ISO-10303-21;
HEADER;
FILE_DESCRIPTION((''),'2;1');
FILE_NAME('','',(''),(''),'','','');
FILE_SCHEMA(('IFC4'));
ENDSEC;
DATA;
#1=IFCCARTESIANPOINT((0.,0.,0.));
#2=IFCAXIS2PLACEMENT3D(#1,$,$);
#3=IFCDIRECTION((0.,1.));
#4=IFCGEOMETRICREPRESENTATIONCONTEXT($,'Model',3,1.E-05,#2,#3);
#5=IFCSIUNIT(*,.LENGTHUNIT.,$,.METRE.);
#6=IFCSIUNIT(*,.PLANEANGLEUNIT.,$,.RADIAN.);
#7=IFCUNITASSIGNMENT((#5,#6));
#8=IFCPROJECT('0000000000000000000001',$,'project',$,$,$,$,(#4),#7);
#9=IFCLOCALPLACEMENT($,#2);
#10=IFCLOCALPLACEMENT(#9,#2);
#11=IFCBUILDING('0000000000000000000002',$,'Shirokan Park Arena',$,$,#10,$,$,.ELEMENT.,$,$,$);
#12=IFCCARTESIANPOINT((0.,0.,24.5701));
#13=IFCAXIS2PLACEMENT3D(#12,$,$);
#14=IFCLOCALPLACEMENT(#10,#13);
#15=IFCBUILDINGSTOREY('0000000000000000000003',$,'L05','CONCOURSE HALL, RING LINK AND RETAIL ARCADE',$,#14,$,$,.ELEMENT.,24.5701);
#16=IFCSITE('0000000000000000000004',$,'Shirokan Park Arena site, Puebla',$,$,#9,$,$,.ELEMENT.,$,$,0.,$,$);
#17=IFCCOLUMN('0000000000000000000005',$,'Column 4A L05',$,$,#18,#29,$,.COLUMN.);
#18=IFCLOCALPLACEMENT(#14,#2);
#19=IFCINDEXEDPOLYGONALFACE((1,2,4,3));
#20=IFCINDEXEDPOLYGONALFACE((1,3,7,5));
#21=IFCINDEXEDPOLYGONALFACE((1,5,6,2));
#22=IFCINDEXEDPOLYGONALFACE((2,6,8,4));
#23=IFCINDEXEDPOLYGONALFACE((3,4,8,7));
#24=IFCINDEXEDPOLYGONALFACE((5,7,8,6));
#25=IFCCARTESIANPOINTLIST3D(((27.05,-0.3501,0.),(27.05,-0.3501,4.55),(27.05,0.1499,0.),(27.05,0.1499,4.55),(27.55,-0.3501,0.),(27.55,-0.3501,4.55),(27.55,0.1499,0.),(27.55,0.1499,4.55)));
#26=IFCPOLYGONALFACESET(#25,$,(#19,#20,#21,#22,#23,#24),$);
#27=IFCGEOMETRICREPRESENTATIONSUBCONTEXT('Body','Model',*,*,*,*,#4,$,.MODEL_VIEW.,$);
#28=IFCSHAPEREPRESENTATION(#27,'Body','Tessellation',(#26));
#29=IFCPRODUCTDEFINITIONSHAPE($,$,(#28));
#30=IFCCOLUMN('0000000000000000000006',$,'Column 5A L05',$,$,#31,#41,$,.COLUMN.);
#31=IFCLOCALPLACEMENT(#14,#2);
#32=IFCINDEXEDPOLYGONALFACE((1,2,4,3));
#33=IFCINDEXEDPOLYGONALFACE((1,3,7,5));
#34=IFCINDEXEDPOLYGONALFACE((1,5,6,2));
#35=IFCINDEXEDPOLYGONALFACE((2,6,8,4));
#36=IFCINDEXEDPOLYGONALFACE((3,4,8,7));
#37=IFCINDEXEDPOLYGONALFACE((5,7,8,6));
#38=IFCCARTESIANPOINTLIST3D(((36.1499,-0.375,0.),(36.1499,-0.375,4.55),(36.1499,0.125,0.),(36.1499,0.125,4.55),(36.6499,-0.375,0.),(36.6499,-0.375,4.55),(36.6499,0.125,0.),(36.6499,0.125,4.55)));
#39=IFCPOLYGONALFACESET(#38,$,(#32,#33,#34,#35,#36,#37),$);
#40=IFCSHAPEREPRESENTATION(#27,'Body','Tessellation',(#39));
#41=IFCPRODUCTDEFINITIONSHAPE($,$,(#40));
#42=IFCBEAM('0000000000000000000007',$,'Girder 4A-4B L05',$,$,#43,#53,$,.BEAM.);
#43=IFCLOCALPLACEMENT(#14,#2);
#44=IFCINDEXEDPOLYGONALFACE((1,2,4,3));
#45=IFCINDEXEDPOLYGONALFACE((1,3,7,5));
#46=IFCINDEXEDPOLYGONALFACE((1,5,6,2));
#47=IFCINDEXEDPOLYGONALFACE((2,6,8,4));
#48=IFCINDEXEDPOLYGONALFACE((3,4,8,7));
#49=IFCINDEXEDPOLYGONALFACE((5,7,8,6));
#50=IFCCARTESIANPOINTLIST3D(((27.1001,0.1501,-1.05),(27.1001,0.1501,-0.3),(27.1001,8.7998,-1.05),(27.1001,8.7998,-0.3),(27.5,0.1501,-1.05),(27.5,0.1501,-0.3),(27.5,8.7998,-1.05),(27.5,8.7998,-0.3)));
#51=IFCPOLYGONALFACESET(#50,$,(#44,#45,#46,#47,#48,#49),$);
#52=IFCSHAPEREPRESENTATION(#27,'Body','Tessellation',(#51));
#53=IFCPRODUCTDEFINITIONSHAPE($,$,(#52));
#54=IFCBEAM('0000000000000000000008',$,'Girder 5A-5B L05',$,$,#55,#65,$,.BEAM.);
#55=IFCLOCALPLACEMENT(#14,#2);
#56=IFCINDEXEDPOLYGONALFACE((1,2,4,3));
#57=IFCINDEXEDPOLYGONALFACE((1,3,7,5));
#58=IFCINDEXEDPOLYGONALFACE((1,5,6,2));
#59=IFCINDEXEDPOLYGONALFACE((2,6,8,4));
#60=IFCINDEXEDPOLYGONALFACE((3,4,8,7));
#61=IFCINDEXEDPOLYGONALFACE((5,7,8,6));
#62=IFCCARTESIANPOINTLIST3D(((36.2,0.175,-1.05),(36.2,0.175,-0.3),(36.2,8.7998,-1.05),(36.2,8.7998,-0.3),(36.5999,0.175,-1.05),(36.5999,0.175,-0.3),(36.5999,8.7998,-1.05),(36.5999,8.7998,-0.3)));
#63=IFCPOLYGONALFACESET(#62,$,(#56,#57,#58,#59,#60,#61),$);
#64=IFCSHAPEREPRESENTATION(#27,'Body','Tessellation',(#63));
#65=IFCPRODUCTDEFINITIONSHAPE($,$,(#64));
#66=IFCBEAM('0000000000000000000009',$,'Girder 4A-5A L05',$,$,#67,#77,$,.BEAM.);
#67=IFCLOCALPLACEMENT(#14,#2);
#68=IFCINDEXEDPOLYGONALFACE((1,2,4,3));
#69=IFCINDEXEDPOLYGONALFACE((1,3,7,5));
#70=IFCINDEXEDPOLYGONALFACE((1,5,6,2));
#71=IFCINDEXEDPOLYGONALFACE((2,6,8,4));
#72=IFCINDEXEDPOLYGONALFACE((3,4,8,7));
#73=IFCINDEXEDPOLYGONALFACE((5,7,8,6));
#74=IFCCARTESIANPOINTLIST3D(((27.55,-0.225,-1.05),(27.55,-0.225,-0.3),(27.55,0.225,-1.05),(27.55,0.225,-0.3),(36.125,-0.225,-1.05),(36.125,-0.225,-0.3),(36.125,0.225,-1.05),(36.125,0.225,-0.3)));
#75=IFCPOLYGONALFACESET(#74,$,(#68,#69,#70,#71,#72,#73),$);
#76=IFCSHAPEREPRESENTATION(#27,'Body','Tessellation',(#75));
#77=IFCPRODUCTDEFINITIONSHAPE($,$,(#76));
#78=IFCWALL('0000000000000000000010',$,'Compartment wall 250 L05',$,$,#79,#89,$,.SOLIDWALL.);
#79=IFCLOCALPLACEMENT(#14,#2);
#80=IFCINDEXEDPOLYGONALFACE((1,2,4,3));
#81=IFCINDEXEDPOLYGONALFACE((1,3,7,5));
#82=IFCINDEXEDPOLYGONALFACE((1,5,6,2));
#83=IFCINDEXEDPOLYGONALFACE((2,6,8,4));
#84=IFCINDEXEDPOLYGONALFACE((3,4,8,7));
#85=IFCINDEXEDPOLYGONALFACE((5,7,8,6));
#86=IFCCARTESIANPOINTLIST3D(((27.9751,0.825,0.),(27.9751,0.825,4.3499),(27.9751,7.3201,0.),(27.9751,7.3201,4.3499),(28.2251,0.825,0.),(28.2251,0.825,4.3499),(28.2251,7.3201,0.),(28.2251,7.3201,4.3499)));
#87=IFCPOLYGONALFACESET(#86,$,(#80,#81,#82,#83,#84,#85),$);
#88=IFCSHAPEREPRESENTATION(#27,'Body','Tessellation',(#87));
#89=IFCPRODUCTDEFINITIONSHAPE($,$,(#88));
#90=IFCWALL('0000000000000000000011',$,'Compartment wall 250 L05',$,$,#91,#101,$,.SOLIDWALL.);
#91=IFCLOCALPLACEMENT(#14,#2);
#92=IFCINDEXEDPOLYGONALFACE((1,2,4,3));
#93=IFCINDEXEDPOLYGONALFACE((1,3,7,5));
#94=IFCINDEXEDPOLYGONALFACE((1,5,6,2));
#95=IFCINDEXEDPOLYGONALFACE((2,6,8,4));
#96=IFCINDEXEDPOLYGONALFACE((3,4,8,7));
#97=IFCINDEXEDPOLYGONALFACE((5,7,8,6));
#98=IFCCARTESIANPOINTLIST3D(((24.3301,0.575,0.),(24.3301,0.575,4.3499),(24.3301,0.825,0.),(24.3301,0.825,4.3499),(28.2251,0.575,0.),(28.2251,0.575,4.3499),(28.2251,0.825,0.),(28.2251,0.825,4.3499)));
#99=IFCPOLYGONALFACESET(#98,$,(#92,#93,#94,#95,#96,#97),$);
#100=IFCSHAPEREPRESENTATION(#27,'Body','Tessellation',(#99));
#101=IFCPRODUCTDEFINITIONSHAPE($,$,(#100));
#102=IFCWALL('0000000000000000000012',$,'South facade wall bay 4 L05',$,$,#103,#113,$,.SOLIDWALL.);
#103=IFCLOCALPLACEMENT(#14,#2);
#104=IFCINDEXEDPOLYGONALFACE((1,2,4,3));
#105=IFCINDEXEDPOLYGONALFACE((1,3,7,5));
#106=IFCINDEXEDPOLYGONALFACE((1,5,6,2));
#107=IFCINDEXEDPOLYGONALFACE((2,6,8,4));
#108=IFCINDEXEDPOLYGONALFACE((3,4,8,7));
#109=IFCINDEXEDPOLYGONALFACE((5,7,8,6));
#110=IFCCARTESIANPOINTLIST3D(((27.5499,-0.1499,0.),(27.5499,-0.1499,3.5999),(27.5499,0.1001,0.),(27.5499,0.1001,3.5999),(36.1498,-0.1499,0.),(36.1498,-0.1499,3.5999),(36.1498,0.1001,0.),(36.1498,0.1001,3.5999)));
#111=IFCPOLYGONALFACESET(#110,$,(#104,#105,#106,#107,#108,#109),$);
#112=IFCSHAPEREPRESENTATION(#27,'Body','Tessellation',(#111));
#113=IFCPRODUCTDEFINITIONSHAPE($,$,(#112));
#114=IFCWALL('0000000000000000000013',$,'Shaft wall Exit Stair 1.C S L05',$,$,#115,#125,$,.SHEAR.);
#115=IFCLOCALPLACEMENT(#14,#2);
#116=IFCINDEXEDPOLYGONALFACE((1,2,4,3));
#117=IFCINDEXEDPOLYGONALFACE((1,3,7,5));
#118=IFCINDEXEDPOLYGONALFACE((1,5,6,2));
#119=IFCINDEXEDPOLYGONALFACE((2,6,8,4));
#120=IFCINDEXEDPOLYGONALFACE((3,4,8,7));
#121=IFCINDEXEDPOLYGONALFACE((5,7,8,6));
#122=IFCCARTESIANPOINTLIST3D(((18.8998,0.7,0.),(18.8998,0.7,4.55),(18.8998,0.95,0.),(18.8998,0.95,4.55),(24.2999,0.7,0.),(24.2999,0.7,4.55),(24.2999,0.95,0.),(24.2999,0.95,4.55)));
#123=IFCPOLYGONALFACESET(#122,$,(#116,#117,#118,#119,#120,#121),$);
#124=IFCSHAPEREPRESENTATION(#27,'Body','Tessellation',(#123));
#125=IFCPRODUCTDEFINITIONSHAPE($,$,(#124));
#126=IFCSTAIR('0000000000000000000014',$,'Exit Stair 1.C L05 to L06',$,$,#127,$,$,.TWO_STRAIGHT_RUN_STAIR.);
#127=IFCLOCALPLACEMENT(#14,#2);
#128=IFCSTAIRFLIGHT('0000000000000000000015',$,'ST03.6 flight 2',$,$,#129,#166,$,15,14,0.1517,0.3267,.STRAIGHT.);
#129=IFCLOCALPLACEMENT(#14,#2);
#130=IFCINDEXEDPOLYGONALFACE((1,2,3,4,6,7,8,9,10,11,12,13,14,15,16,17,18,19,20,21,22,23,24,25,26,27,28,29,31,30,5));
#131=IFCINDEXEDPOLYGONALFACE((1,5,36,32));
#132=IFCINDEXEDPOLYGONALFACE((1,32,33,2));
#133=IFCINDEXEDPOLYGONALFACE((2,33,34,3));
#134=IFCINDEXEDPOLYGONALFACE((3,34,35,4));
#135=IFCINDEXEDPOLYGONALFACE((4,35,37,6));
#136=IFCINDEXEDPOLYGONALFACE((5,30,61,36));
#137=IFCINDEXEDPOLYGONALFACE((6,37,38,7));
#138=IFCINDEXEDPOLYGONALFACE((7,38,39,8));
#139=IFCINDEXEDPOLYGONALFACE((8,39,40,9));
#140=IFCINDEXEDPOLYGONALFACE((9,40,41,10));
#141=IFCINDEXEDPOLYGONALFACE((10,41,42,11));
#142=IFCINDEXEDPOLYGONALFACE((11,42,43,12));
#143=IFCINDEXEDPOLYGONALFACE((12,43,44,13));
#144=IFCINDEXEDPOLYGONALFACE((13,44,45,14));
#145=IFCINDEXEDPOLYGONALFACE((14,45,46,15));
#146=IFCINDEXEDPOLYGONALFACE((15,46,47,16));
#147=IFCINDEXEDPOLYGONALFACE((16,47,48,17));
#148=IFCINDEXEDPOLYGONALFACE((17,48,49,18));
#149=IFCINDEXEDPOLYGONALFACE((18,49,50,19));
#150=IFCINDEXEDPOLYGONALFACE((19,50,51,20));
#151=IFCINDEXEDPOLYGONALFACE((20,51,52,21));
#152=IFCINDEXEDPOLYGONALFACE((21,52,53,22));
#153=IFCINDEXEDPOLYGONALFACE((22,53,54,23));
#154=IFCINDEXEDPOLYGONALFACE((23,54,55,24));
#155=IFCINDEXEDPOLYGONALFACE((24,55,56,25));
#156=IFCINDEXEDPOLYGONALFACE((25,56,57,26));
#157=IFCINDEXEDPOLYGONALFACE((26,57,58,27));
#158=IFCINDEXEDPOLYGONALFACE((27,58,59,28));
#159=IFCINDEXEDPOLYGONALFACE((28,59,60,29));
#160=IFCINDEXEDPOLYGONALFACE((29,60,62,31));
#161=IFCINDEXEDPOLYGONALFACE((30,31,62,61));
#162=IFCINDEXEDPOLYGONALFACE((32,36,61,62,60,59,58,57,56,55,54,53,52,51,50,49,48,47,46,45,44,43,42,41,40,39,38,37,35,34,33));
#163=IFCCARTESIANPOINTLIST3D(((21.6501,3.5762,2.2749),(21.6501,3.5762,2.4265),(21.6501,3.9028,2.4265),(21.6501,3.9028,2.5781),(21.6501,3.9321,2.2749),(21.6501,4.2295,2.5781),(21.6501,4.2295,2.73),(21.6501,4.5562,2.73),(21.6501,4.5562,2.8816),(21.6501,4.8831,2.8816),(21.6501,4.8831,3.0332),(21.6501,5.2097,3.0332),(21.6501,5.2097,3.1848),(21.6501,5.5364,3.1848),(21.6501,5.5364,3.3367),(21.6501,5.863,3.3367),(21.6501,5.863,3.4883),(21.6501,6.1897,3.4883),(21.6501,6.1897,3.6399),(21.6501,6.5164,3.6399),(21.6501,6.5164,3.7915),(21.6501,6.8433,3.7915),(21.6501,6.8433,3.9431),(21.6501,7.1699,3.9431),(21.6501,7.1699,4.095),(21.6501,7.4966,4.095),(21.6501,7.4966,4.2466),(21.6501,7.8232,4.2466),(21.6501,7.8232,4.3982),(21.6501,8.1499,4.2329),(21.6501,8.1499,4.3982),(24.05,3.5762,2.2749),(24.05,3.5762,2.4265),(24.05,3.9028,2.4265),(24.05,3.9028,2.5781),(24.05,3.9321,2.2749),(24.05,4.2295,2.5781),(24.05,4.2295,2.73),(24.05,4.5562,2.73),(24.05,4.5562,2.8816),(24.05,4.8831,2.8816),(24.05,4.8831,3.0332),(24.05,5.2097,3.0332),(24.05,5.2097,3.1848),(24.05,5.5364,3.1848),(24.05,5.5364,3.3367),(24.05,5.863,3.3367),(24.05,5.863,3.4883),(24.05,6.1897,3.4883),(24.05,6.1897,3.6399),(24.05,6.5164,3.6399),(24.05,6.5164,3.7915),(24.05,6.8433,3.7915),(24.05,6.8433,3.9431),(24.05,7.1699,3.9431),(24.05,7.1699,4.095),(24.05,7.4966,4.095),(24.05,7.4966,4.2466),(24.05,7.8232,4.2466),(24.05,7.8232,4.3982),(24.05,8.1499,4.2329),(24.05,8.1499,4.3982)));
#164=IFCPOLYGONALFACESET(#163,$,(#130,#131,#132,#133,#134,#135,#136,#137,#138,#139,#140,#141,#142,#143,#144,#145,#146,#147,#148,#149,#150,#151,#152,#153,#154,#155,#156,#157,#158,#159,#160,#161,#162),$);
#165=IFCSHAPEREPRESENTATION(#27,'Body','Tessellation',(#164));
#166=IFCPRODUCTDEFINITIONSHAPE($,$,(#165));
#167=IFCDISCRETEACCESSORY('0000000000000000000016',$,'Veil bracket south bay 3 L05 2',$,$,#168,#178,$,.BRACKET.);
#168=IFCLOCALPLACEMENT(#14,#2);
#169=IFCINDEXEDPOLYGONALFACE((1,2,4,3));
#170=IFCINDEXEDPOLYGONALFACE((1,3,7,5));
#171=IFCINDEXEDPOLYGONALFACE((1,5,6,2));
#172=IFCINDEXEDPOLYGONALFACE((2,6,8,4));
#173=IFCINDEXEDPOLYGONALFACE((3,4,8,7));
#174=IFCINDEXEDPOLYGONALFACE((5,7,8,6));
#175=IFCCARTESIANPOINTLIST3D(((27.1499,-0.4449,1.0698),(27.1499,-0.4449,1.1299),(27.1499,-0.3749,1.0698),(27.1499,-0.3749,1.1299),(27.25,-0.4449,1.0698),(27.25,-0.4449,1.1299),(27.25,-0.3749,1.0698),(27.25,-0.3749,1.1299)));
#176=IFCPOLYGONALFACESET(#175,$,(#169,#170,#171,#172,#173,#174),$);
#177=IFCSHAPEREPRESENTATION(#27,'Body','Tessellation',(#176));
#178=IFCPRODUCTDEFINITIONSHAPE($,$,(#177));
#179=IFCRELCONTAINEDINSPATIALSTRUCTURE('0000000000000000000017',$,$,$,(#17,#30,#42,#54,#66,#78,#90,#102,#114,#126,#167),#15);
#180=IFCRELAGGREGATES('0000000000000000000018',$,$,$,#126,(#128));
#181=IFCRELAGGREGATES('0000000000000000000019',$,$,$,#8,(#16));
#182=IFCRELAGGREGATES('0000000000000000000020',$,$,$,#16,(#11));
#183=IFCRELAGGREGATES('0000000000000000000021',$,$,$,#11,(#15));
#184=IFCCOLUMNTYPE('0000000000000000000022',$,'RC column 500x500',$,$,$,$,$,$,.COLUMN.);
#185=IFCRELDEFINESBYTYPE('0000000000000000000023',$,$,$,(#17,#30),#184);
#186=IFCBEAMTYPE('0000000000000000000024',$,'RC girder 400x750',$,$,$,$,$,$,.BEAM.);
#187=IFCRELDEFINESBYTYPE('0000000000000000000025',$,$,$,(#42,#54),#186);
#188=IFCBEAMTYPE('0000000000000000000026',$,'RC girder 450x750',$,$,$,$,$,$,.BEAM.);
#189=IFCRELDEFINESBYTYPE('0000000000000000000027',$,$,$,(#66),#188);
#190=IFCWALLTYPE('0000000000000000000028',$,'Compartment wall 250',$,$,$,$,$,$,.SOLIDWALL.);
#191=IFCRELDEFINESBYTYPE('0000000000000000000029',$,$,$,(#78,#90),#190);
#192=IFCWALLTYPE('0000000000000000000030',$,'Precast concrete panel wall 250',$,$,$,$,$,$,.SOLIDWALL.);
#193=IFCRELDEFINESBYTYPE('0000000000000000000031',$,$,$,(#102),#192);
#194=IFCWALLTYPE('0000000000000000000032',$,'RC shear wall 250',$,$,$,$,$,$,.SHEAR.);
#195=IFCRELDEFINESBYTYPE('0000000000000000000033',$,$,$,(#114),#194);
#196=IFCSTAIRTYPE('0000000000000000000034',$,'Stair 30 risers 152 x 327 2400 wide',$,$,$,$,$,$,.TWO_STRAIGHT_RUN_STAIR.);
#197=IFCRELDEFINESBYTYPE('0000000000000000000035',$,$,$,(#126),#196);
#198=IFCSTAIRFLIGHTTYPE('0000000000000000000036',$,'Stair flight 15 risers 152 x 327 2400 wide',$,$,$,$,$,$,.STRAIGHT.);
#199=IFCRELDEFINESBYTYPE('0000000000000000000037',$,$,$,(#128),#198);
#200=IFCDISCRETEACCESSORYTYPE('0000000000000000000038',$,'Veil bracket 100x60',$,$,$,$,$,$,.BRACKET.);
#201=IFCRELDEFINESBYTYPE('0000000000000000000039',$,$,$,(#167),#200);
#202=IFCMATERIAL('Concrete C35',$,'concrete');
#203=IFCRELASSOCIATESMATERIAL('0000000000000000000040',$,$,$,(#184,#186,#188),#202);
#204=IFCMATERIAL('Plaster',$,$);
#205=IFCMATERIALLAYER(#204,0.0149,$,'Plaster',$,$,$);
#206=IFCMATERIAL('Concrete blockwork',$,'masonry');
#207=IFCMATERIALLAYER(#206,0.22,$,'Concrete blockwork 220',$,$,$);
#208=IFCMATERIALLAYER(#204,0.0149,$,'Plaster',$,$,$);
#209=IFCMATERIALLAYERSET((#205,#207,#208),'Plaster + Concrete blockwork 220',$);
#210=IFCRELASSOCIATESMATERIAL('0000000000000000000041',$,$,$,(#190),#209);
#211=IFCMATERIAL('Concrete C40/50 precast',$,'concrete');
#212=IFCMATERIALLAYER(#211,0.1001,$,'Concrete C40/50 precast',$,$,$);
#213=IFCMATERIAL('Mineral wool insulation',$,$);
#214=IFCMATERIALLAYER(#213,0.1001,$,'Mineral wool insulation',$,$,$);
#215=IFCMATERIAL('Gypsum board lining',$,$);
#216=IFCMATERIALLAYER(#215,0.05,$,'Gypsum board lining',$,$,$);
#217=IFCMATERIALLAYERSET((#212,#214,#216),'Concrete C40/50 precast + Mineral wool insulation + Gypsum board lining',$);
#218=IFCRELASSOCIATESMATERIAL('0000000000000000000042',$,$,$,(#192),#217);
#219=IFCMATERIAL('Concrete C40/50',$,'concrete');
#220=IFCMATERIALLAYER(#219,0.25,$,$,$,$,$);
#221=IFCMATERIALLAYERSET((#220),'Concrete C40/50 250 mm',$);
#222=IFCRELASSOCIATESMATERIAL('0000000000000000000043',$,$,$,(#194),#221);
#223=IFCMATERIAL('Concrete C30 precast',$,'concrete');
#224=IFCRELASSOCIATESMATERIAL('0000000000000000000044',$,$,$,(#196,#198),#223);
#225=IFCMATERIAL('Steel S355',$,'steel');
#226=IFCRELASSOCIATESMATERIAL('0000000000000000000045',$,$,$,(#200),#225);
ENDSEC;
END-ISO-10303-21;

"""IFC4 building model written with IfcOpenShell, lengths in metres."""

from ifc_helpers import new_model, si_unit, direction, frame, frame_2d, origin, origin_2d, place, context, subcontext, project, spatial, polyline, rectangle, outline, extrude, material, layer, layer_set, material_profile, profile_set, type_object, element, aggregate, save


model = new_model("IFC4")

# Units and contexts
model_context = context("Model", 3, precision=1e-05, world=origin(), true_north=direction((0.0, 1.0)))
body_context = subcontext(model_context, "Body", "Model", "MODEL_VIEW")
ifc_project = project(units=[si_unit("LENGTHUNIT", "METRE"), si_unit("PLANEANGLEUNIT", "RADIAN")], contexts=[model_context])

# Site, building, storey
site_placement = place(None, origin())
site = spatial("IfcSite", under=ifc_project, at=site_placement, Name="Shirokan Park Arena site, Puebla", CompositionType="ELEMENT", RefElevation=0.0)
building_placement = place(site_placement, origin())
building = spatial("IfcBuilding", under=site, at=building_placement, Name="Shirokan Park Arena", CompositionType="ELEMENT")
storey_placement = place(building_placement, frame((0.0, 0.0, 24.5701)))
storey = spatial("IfcBuildingStorey", under=building, at=storey_placement, Name="L05", Description="CONCOURSE HALL, RING LINK AND RETAIL ARCADE", CompositionType="ELEMENT", Elevation=24.5701)

# Columns
ifc_material_1 = material(Name="Concrete C35", Category="concrete")
ifc_material_profile_1 = material_profile(ifc_material_1, rectangle(XDim=0.5, YDim=0.5, at=origin_2d()), Name="500x500")
ifc_profile_set_1 = profile_set([ifc_material_profile_1], Name="Concrete C35")
column_type = type_object("IfcColumnType", Name="RC column 500x500", PredefinedType="COLUMN", material=ifc_profile_set_1)
for number, where, z_axis, x_axis, name in (
    (1, (27.3, -0.1001, 0.0), (0.0, 0.0, 1.0), (1.0, 0.0, 0.0), "Column 4A L05"),
    (2, (36.3999, -0.125, 0.0), (0.0, 0.0, 1.0), (1.0, 0.0, 0.0), "Column 5A L05"),
):
    element("IfcColumn", number, at=place(storey_placement, frame(where, z_axis=z_axis, x_axis=x_axis)), inside=storey, type_object=column_type, Name=name, PredefinedType="COLUMN", context=body_context, shape_type="SweptSolid", body=[
        extrude(rectangle(XDim=0.5, YDim=0.5, at=origin_2d()), origin(), (0.0, 0.0, 1.0), 4.55),
    ])

# Beams
ifc_material_profile_2 = material_profile(ifc_material_1, rectangle(XDim=0.3999, YDim=0.75, at=origin_2d()), Name="400x750")
ifc_profile_set_2 = profile_set([ifc_material_profile_2], Name="Concrete C35")
beam_type_1 = type_object("IfcBeamType", Name="RC girder 400x750", PredefinedType="BEAM", material=ifc_profile_set_2)
beam_1_placement = place(storey_placement, frame((27.3, 0.1501, -0.675), z_axis=(0.0, 1.0, 0.0), x_axis=(-1.0, 0.0, 0.0)))
element("IfcBeam", 3, at=beam_1_placement, inside=storey, type_object=beam_type_1, Name="Girder 4A-4B L05", PredefinedType="BEAM", context=body_context, shape_type="SweptSolid", body=[
    extrude(rectangle(XDim=0.3999, YDim=0.75, at=origin_2d()), origin(), (0.0, 0.0, 1.0), 8.6497),
])
beam_2_placement = place(storey_placement, frame((36.3999, 0.175, -0.675), z_axis=(0.0, 1.0, 0.0), x_axis=(-1.0, 0.0, 0.0)))
element("IfcBeam", 4, at=beam_2_placement, inside=storey, type_object=beam_type_1, Name="Girder 5A-5B L05", PredefinedType="BEAM", context=body_context, shape_type="SweptSolid", body=[
    extrude(rectangle(XDim=0.3999, YDim=0.75, at=origin_2d()), origin(), (0.0, 0.0, 1.0), 8.6248),
])
ifc_material_profile_3 = material_profile(ifc_material_1, rectangle(XDim=0.45, YDim=0.75, at=origin_2d()), Name="450x750")
ifc_profile_set_3 = profile_set([ifc_material_profile_3], Name="Concrete C35")
beam_type_2 = type_object("IfcBeamType", Name="RC girder 450x750", PredefinedType="BEAM", material=ifc_profile_set_3)
beam_3_placement = place(storey_placement, frame((27.55, 0.0, -0.675), z_axis=(1.0, 0.0, 0.0), x_axis=(0.0, 1.0, 0.0)))
element("IfcBeam", 5, at=beam_3_placement, inside=storey, type_object=beam_type_2, Name="Girder 4A-5A L05", PredefinedType="BEAM", context=body_context, shape_type="SweptSolid", body=[
    extrude(rectangle(XDim=0.45, YDim=0.75, at=origin_2d()), origin(), (0.0, 0.0, 1.0), 8.575),
])

# Walls
ifc_material_2 = material(Name="Plaster")
ifc_layer_1 = layer(ifc_material_2, 0.0149, Name="Plaster")
ifc_material_3 = material(Name="Concrete blockwork", Category="masonry")
ifc_layer_2 = layer(ifc_material_3, 0.22, Name="Concrete blockwork 220")
ifc_layer_3 = layer(ifc_material_2, 0.0149, Name="Plaster")
ifc_layer_set_1 = layer_set([ifc_layer_1, ifc_layer_2, ifc_layer_3], Name="Plaster + Concrete blockwork 220")
wall_type_1 = type_object("IfcWallType", Name="Compartment wall 250", PredefinedType="SOLIDWALL", material=ifc_layer_set_1)
wall_1_placement = place(storey_placement, frame((28.1001, 7.3201, 0.0), z_axis=(0.0, 0.0, 1.0), x_axis=(0.0, -1.0, 0.0)))
element("IfcWall", 6, at=wall_1_placement, inside=storey, type_object=wall_type_1, Name="Compartment wall 250 L05", PredefinedType="SOLIDWALL", context=body_context, shape_type="SweptSolid", body=[
    extrude(rectangle(XDim=6.4951, YDim=0.25, at=frame_2d((3.2476, 0.0))), origin(), (0.0, 0.0, 1.0), 4.3499),
])
wall_2_placement = place(storey_placement, frame((28.2251, 0.7, 0.0), z_axis=(0.0, 0.0, 1.0), x_axis=(-1.0, 0.0, 0.0)))
element("IfcWall", 7, at=wall_2_placement, inside=storey, type_object=wall_type_1, Name="Compartment wall 250 L05", PredefinedType="SOLIDWALL", context=body_context, shape_type="SweptSolid", body=[
    extrude(rectangle(XDim=3.895, YDim=0.25, at=frame_2d((1.9475, 0.0))), origin(), (0.0, 0.0, 1.0), 4.3499),
])
ifc_material_4 = material(Name="Concrete C40/50 precast", Category="concrete")
ifc_layer_4 = layer(ifc_material_4, 0.1001, Name="Concrete C40/50 precast")
ifc_material_5 = material(Name="Mineral wool insulation")
ifc_layer_5 = layer(ifc_material_5, 0.1001, Name="Mineral wool insulation")
ifc_material_6 = material(Name="Gypsum board lining")
ifc_layer_6 = layer(ifc_material_6, 0.05, Name="Gypsum board lining")
ifc_layer_set_2 = layer_set([ifc_layer_4, ifc_layer_5, ifc_layer_6], Name="Concrete C40/50 precast + Mineral wool insulation + Gypsum board lining")
wall_type_2 = type_object("IfcWallType", Name="Precast concrete panel wall 250", PredefinedType="SOLIDWALL", material=ifc_layer_set_2)
wall_3_placement = place(storey_placement, frame((27.55, -0.0249, 0.0), z_axis=(0.0, 0.0, 1.0), x_axis=(1.0, 0.0, 0.0)))
element("IfcWall", 8, at=wall_3_placement, inside=storey, type_object=wall_type_2, Name="South facade wall bay 4 L05", PredefinedType="SOLIDWALL", context=body_context, shape_type="SweptSolid", body=[
    extrude(rectangle(XDim=8.5999, YDim=0.25, at=frame_2d((4.2998, 0.0))), origin(), (0.0, 0.0, 1.0), 3.5999),
])
ifc_material_7 = material(Name="Concrete C40/50", Category="concrete")
ifc_layer_7 = layer(ifc_material_7, 0.25)
ifc_layer_set_3 = layer_set([ifc_layer_7], Name="Concrete C40/50 250 mm")
wall_type_3 = type_object("IfcWallType", Name="RC shear wall 250", PredefinedType="SHEAR", material=ifc_layer_set_3)
wall_4_placement = place(storey_placement, frame((24.3, 0.825, 0.0), z_axis=(0.0, 0.0, 1.0), x_axis=(-1.0, 0.0, 0.0)))
element("IfcWall", 9, at=wall_4_placement, inside=storey, type_object=wall_type_3, Name="Shaft wall Exit Stair 1.C S L05", PredefinedType="SHEAR", context=body_context, shape_type="SweptSolid", body=[
    extrude(rectangle(XDim=5.4001, YDim=0.25, at=frame_2d((2.7002, 0.0))), origin(), (0.0, 0.0, 1.0), 4.55),
])

# Stair, stair flight
ifc_material_8 = material(Name="Concrete C30 precast", Category="concrete")
stair_type = type_object("IfcStairType", Name="Stair 30 risers 152 x 327 2400 wide", PredefinedType="TWO_STRAIGHT_RUN_STAIR", material=ifc_material_8)
stair_placement = place(storey_placement, origin())
stair = element("IfcStair", 10, at=stair_placement, inside=storey, type_object=stair_type, Name="Exit Stair 1.C L05 to L06", PredefinedType="TWO_STRAIGHT_RUN_STAIR")
stair_flight_type = type_object("IfcStairFlightType", Name="Stair flight 15 risers 152 x 327 2400 wide", PredefinedType="STRAIGHT", material=ifc_material_8)
stair_flight_placement = place(storey_placement, frame((22.8501, 3.5762, 2.2749), z_axis=(0.0, 0.0, 1.0), x_axis=(0.0, 1.0, 0.0)))
stair_flight = element("IfcStairFlight", 11, at=stair_flight_placement, type_object=stair_flight_type, Name="ST03.6 flight 2", NumberOfRisers=15, NumberOfTreads=14, PredefinedType="STRAIGHT", RiserHeight=0.1517, TreadLength=0.3267, context=body_context, shape_type="SweptSolid", body=[
    extrude(outline(polyline([(0.0, 0.0), (0.0, 0.1516), (0.3267, 0.1516), (0.3267, 0.3032), (0.6533, 0.3032), (0.6533, 0.4551), (0.98, 0.4551), (0.98, 0.6067), (1.3069, 0.6067), (1.3069, 0.7583), (1.6335, 0.7583), (1.6335, 0.9099), (1.9602, 0.9099), (1.9602, 1.0618), (2.2869, 1.0618), (2.2869, 1.2134), (2.6135, 1.2134), (2.6135, 1.365), (2.9402, 1.365), (2.9402, 1.5166), (3.2671, 1.5166), (3.2671, 1.6682), (3.5938, 1.6682), (3.5938, 1.8201), (3.9204, 1.8201), (3.9204, 1.9717), (4.2471, 1.9717), (4.2471, 2.1233), (4.5737, 2.1233), (4.5737, 2.2749), (4.5737, 1.958), (0.356, 0.0), (0.0, 0.0)])), frame((0.0, 1.2, 0.0), z_axis=(0.0, -1.0, 0.0), x_axis=(1.0, 0.0, 0.0)), (0.0, 0.0, 1.0), 2.3999),
])
aggregate(stair, [stair_flight])

# Discrete accessory
ifc_material_9 = material(Name="Steel S355", Category="steel")
discrete_accessory_type = type_object("IfcDiscreteAccessoryType", Name="Veil bracket 100x60", PredefinedType="BRACKET", material=ifc_material_9)
for number, where, z_axis, x_axis, name in (
    (12, (27.2, -0.4099, 1.0698), (0.0, 0.0, 1.0), (1.0, 0.0, 0.0), "Veil bracket south bay 3 L05 2"),
):
    element("IfcDiscreteAccessory", number, at=place(storey_placement, frame(where, z_axis=z_axis, x_axis=x_axis)), inside=storey, type_object=discrete_accessory_type, Name=name, PredefinedType="BRACKET", context=body_context, shape_type="SweptSolid", body=[
        extrude(rectangle(XDim=0.1001, YDim=0.0701, at=origin_2d()), origin(), (0.0, 0.0, 1.0), 0.0601),
    ])

save(model, "model.ifc")
